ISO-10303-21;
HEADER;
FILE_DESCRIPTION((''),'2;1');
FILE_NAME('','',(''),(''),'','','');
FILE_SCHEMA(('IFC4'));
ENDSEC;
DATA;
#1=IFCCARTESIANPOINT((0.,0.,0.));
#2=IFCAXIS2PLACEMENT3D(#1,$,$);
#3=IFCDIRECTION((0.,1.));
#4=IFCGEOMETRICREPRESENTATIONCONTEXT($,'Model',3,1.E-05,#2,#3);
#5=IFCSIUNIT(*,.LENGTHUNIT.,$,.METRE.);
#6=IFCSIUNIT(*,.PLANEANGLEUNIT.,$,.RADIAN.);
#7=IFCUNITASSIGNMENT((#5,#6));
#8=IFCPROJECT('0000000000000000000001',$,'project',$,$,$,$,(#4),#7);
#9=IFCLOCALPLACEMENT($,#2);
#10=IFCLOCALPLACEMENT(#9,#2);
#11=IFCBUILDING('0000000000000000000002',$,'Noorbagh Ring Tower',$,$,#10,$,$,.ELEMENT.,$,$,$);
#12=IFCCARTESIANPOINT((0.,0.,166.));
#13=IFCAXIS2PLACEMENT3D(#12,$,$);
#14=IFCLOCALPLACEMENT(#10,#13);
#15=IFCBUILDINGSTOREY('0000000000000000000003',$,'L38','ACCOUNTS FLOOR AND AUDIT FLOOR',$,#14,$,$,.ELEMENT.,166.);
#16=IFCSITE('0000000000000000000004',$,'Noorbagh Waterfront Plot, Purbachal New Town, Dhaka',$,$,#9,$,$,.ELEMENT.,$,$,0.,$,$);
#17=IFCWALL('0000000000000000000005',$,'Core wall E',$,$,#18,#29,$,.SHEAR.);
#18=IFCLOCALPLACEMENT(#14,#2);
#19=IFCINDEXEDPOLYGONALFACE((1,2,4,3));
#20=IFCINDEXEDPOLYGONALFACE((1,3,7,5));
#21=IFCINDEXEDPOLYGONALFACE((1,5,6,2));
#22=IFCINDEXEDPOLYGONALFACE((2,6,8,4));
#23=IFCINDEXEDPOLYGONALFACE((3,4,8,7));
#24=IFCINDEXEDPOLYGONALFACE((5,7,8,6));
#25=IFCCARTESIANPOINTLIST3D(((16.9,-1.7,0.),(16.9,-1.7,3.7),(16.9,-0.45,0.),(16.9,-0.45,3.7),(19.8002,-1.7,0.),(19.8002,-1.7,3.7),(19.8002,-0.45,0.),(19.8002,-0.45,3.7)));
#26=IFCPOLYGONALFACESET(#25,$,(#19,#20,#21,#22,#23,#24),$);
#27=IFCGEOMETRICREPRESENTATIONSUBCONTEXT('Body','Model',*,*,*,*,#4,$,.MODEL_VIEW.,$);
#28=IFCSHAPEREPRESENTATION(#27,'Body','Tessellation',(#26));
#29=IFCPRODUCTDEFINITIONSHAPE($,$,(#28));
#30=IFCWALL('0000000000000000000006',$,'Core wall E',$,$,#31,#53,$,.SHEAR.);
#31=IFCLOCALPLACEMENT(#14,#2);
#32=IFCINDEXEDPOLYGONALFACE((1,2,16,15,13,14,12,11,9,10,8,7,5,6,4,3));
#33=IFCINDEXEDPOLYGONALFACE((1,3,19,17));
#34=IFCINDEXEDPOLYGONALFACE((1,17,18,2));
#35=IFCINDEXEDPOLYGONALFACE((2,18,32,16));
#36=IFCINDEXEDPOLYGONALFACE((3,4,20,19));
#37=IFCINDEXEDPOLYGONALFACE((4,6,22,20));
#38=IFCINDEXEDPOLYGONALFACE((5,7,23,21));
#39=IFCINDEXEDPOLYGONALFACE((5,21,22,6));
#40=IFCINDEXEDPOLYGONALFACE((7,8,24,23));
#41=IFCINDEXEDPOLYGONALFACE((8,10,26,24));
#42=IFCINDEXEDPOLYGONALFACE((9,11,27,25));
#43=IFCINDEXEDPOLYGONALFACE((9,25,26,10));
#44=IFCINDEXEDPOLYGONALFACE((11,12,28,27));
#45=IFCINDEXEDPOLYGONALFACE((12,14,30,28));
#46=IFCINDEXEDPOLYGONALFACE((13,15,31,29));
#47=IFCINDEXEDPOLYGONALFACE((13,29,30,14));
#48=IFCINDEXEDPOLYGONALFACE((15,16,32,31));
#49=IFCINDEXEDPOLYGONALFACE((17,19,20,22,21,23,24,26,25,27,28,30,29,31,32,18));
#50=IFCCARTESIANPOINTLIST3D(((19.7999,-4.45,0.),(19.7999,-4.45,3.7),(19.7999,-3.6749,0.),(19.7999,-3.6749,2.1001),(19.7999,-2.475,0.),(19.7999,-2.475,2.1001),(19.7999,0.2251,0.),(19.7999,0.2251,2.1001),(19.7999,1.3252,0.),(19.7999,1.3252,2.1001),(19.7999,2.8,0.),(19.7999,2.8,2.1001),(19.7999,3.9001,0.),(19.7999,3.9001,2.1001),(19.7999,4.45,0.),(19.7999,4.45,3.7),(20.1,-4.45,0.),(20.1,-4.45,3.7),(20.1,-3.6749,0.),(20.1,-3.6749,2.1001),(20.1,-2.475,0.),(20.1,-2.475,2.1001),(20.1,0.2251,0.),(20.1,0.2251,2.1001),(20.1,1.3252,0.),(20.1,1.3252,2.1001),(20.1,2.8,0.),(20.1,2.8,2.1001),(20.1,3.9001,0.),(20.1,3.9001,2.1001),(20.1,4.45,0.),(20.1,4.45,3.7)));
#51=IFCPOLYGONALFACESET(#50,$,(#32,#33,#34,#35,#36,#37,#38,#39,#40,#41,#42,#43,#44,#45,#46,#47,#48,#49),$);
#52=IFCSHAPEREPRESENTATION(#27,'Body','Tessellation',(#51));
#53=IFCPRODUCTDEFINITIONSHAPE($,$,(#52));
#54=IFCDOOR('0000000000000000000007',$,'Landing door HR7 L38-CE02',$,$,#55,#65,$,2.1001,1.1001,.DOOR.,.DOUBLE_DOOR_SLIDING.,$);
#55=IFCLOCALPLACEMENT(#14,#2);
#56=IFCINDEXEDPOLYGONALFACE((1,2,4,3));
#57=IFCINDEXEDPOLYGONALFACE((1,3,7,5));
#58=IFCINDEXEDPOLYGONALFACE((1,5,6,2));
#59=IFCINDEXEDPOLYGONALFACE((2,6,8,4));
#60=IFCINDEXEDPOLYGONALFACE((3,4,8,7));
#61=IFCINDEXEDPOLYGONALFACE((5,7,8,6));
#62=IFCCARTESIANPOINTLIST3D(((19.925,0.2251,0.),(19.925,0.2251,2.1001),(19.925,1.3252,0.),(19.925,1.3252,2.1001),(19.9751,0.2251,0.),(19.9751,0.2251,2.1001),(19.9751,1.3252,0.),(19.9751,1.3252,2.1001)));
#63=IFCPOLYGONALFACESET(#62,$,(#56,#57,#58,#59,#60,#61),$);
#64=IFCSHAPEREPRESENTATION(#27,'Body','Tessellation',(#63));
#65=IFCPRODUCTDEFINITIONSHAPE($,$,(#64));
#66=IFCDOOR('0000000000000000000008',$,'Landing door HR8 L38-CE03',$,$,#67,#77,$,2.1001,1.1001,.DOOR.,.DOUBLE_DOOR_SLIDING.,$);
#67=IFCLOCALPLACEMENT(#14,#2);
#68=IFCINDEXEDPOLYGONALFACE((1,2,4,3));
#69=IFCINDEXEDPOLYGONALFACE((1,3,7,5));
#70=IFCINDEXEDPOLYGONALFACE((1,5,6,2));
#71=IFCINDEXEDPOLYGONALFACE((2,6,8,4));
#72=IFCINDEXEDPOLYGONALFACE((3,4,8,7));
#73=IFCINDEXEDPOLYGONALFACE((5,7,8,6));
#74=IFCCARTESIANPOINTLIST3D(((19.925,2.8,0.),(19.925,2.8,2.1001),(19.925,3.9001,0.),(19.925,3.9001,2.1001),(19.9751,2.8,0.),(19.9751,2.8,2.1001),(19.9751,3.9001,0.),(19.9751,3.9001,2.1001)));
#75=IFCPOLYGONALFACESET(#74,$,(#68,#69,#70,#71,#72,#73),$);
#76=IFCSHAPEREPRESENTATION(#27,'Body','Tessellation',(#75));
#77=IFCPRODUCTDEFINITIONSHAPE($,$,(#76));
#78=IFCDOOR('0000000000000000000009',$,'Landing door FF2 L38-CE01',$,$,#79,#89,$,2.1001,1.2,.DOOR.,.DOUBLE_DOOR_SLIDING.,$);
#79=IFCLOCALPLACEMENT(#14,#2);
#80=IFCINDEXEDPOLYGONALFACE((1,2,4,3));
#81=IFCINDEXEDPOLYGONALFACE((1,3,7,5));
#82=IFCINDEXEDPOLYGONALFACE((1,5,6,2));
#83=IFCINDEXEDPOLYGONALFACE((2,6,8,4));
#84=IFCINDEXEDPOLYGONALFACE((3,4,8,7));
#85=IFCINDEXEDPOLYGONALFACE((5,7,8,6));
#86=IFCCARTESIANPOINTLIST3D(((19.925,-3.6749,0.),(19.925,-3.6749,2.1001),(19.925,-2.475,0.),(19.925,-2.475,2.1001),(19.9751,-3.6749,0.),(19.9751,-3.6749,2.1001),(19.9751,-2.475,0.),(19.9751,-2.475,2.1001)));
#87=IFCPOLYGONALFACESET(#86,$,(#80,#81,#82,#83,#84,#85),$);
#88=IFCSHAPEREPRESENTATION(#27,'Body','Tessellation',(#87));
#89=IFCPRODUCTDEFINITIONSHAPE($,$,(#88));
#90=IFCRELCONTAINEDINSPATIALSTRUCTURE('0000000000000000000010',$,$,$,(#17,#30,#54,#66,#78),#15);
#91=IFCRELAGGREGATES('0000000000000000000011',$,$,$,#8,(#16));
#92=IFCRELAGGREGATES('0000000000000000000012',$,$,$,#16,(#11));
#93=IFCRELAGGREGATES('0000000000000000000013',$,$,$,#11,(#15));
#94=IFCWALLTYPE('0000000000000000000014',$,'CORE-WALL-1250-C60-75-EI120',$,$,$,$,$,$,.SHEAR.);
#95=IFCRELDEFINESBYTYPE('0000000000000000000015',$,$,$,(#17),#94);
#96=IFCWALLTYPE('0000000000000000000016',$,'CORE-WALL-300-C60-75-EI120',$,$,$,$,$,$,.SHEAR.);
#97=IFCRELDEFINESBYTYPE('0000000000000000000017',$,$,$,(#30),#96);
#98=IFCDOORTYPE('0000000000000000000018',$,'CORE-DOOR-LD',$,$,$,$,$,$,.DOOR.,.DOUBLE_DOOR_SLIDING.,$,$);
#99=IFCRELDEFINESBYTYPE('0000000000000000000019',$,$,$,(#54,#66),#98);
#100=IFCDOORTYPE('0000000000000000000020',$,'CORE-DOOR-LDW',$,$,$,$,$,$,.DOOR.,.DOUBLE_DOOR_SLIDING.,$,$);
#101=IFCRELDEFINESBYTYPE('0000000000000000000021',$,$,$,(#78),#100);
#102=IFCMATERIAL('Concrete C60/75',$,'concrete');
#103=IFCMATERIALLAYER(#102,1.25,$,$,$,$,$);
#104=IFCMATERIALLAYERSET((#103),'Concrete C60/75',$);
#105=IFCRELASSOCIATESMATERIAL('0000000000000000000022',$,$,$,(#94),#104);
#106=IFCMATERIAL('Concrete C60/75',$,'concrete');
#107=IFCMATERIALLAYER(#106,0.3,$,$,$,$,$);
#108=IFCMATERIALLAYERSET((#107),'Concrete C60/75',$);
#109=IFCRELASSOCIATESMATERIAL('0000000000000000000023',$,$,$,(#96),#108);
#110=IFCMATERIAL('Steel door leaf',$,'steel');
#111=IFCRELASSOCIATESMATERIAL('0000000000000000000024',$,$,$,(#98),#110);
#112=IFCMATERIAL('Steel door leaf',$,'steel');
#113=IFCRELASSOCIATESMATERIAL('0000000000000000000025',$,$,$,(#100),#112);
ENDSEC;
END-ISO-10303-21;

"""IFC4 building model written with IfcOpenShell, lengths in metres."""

from ifc_helpers import new_model, si_unit, direction, frame, frame_2d, origin, place, context, subcontext, project, spatial, rectangle, extrude, material, layer, layer_set, type_object, element, fill, save


model = new_model("IFC4")

# Units and contexts
model_context = context("Model", 3, precision=1e-05, world=origin(), true_north=direction((0.0, 1.0)))
body_context = subcontext(model_context, "Body", "Model", "MODEL_VIEW")
ifc_project = project(units=[si_unit("LENGTHUNIT", "METRE"), si_unit("PLANEANGLEUNIT", "RADIAN")], contexts=[model_context])

# Site, building, storey
site_placement = place(None, origin())
site = spatial("IfcSite", under=ifc_project, at=site_placement, Name="Noorbagh Waterfront Plot, Purbachal New Town, Dhaka", CompositionType="ELEMENT", RefElevation=0.0)
building_placement = place(site_placement, origin())
building = spatial("IfcBuilding", under=site, at=building_placement, Name="Noorbagh Ring Tower", CompositionType="ELEMENT")
storey_placement = place(building_placement, frame((0.0, 0.0, 166.0)))
storey = spatial("IfcBuildingStorey", under=building, at=storey_placement, Name="L38", Description="ACCOUNTS FLOOR AND AUDIT FLOOR", CompositionType="ELEMENT", Elevation=166.0)

# Wall
ifc_material_1 = material(Name="Concrete C60/75", Category="concrete")
ifc_layer_1 = layer(ifc_material_1, 1.25)
ifc_layer_set_1 = layer_set([ifc_layer_1], Name="Concrete C60/75")
wall_type_1 = type_object("IfcWallType", Name="CORE-WALL-1250-C60-75-EI120", PredefinedType="SHEAR", material=ifc_layer_set_1)
wall_1_placement = place(storey_placement, frame((16.8999, -1.075, 0.0), z_axis=(0.0, 0.0, 1.0), x_axis=(1.0, 0.0, 0.0)))
element("IfcWall", 1, at=wall_1_placement, inside=storey, type_object=wall_type_1, Name="Core wall E", PredefinedType="SHEAR", context=body_context, shape_type="SweptSolid", body=[
    extrude(rectangle(XDim=2.9001, YDim=1.25, at=frame_2d((1.4502, 0.0))), origin(), (0.0, 0.0, 1.0), 3.7),
])

# Wall, openings, doors
ifc_material_2 = material(Name="Concrete C60/75", Category="concrete")
ifc_layer_2 = layer(ifc_material_2, 0.3)
ifc_layer_set_2 = layer_set([ifc_layer_2], Name="Concrete C60/75")
wall_type_2 = type_object("IfcWallType", Name="CORE-WALL-300-C60-75-EI120", PredefinedType="SHEAR", material=ifc_layer_set_2)
wall_2_placement = place(storey_placement, frame((19.95, -4.45, 0.0), z_axis=(0.0, 0.0, 1.0), x_axis=(0.0, 1.0, 0.0)))
wall_2 = element("IfcWall", 2, at=wall_2_placement, inside=storey, type_object=wall_type_2, Name="Core wall E", PredefinedType="SHEAR", context=body_context, shape_type="SweptSolid", body=[
    extrude(rectangle(XDim=8.8999, YDim=0.3, at=frame_2d((4.45, 0.0))), origin(), (0.0, 0.0, 1.0), 3.7),
])
opening_1_placement = place(wall_2_placement, frame((0.7749, 0.0, 0.0)))
opening_1 = element("IfcOpeningElement", 3, at=opening_1_placement, cuts=wall_2, PredefinedType="OPENING", context=body_context, shape_type="SweptSolid", body=[
    extrude(rectangle(XDim=1.2, YDim=2.1001, at=frame_2d((0.6001, 1.05))), frame((0.0, 0.1602, 0.0), z_axis=(0.0, -1.0, 0.0), x_axis=(1.0, 0.0, 0.0)), (0.0, 0.0, 1.0), 0.3201),
])
opening_2_placement = place(wall_2_placement, frame((4.675, 0.0, 0.0)))
opening_2 = element("IfcOpeningElement", 4, at=opening_2_placement, cuts=wall_2, PredefinedType="OPENING", context=body_context, shape_type="SweptSolid", body=[
    extrude(rectangle(XDim=1.1001, YDim=2.1001, at=frame_2d((0.55, 1.05))), frame((0.0, 0.1602, 0.0), z_axis=(0.0, -1.0, 0.0), x_axis=(1.0, 0.0, 0.0)), (0.0, 0.0, 1.0), 0.3201),
])
opening_3_placement = place(wall_2_placement, frame((7.25, 0.0, 0.0)))
opening_3 = element("IfcOpeningElement", 5, at=opening_3_placement, cuts=wall_2, PredefinedType="OPENING", context=body_context, shape_type="SweptSolid", body=[
    extrude(rectangle(XDim=1.1001, YDim=2.1001, at=frame_2d((0.55, 1.05))), frame((0.0, 0.1602, 0.0), z_axis=(0.0, -1.0, 0.0), x_axis=(1.0, 0.0, 0.0)), (0.0, 0.0, 1.0), 0.3201),
])
ifc_material_3 = material(Name="Steel door leaf", Category="steel")
door_type_1 = type_object("IfcDoorType", Name="CORE-DOOR-LD", OperationType="DOUBLE_DOOR_SLIDING", PredefinedType="DOOR", material=ifc_material_3)
door_1_placement = place(opening_2_placement, origin())
door_1 = element("IfcDoor", 6, at=door_1_placement, inside=storey, type_object=door_type_1, Name="Landing door HR7 L38-CE02", OperationType="DOUBLE_DOOR_SLIDING", OverallHeight=2.1001, OverallWidth=1.1001, PredefinedType="DOOR", context=body_context, shape_type="SweptSolid", body=[
    extrude(rectangle(XDim=1.1001, YDim=2.1001, at=frame_2d((0.55, 1.05))), frame((0.0, 0.0249, 0.0), z_axis=(0.0, -1.0, 0.0), x_axis=(1.0, 0.0, 0.0)), (0.0, 0.0, 1.0), 0.05),
])
fill(opening_2, door_1)
door_2_placement = place(opening_3_placement, origin())
door_2 = element("IfcDoor", 7, at=door_2_placement, inside=storey, type_object=door_type_1, Name="Landing door HR8 L38-CE03", OperationType="DOUBLE_DOOR_SLIDING", OverallHeight=2.1001, OverallWidth=1.1001, PredefinedType="DOOR", context=body_context, shape_type="SweptSolid", body=[
    extrude(rectangle(XDim=1.1001, YDim=2.1001, at=frame_2d((0.55, 1.05))), frame((0.0, 0.0249, 0.0), z_axis=(0.0, -1.0, 0.0), x_axis=(1.0, 0.0, 0.0)), (0.0, 0.0, 1.0), 0.05),
])
fill(opening_3, door_2)
ifc_material_4 = material(Name="Steel door leaf", Category="steel")
door_type_2 = type_object("IfcDoorType", Name="CORE-DOOR-LDW", OperationType="DOUBLE_DOOR_SLIDING", PredefinedType="DOOR", material=ifc_material_4)
door_3_placement = place(opening_1_placement, origin())
door_3 = element("IfcDoor", 8, at=door_3_placement, inside=storey, type_object=door_type_2, Name="Landing door FF2 L38-CE01", OperationType="DOUBLE_DOOR_SLIDING", OverallHeight=2.1001, OverallWidth=1.2, PredefinedType="DOOR", context=body_context, shape_type="SweptSolid", body=[
    extrude(rectangle(XDim=1.2, YDim=2.1001, at=frame_2d((0.6001, 1.05))), frame((0.0, 0.0249, 0.0), z_axis=(0.0, -1.0, 0.0), x_axis=(1.0, 0.0, 0.0)), (0.0, 0.0, 1.0), 0.05),
])
fill(opening_1, door_3)

save(model, "model.ifc")
